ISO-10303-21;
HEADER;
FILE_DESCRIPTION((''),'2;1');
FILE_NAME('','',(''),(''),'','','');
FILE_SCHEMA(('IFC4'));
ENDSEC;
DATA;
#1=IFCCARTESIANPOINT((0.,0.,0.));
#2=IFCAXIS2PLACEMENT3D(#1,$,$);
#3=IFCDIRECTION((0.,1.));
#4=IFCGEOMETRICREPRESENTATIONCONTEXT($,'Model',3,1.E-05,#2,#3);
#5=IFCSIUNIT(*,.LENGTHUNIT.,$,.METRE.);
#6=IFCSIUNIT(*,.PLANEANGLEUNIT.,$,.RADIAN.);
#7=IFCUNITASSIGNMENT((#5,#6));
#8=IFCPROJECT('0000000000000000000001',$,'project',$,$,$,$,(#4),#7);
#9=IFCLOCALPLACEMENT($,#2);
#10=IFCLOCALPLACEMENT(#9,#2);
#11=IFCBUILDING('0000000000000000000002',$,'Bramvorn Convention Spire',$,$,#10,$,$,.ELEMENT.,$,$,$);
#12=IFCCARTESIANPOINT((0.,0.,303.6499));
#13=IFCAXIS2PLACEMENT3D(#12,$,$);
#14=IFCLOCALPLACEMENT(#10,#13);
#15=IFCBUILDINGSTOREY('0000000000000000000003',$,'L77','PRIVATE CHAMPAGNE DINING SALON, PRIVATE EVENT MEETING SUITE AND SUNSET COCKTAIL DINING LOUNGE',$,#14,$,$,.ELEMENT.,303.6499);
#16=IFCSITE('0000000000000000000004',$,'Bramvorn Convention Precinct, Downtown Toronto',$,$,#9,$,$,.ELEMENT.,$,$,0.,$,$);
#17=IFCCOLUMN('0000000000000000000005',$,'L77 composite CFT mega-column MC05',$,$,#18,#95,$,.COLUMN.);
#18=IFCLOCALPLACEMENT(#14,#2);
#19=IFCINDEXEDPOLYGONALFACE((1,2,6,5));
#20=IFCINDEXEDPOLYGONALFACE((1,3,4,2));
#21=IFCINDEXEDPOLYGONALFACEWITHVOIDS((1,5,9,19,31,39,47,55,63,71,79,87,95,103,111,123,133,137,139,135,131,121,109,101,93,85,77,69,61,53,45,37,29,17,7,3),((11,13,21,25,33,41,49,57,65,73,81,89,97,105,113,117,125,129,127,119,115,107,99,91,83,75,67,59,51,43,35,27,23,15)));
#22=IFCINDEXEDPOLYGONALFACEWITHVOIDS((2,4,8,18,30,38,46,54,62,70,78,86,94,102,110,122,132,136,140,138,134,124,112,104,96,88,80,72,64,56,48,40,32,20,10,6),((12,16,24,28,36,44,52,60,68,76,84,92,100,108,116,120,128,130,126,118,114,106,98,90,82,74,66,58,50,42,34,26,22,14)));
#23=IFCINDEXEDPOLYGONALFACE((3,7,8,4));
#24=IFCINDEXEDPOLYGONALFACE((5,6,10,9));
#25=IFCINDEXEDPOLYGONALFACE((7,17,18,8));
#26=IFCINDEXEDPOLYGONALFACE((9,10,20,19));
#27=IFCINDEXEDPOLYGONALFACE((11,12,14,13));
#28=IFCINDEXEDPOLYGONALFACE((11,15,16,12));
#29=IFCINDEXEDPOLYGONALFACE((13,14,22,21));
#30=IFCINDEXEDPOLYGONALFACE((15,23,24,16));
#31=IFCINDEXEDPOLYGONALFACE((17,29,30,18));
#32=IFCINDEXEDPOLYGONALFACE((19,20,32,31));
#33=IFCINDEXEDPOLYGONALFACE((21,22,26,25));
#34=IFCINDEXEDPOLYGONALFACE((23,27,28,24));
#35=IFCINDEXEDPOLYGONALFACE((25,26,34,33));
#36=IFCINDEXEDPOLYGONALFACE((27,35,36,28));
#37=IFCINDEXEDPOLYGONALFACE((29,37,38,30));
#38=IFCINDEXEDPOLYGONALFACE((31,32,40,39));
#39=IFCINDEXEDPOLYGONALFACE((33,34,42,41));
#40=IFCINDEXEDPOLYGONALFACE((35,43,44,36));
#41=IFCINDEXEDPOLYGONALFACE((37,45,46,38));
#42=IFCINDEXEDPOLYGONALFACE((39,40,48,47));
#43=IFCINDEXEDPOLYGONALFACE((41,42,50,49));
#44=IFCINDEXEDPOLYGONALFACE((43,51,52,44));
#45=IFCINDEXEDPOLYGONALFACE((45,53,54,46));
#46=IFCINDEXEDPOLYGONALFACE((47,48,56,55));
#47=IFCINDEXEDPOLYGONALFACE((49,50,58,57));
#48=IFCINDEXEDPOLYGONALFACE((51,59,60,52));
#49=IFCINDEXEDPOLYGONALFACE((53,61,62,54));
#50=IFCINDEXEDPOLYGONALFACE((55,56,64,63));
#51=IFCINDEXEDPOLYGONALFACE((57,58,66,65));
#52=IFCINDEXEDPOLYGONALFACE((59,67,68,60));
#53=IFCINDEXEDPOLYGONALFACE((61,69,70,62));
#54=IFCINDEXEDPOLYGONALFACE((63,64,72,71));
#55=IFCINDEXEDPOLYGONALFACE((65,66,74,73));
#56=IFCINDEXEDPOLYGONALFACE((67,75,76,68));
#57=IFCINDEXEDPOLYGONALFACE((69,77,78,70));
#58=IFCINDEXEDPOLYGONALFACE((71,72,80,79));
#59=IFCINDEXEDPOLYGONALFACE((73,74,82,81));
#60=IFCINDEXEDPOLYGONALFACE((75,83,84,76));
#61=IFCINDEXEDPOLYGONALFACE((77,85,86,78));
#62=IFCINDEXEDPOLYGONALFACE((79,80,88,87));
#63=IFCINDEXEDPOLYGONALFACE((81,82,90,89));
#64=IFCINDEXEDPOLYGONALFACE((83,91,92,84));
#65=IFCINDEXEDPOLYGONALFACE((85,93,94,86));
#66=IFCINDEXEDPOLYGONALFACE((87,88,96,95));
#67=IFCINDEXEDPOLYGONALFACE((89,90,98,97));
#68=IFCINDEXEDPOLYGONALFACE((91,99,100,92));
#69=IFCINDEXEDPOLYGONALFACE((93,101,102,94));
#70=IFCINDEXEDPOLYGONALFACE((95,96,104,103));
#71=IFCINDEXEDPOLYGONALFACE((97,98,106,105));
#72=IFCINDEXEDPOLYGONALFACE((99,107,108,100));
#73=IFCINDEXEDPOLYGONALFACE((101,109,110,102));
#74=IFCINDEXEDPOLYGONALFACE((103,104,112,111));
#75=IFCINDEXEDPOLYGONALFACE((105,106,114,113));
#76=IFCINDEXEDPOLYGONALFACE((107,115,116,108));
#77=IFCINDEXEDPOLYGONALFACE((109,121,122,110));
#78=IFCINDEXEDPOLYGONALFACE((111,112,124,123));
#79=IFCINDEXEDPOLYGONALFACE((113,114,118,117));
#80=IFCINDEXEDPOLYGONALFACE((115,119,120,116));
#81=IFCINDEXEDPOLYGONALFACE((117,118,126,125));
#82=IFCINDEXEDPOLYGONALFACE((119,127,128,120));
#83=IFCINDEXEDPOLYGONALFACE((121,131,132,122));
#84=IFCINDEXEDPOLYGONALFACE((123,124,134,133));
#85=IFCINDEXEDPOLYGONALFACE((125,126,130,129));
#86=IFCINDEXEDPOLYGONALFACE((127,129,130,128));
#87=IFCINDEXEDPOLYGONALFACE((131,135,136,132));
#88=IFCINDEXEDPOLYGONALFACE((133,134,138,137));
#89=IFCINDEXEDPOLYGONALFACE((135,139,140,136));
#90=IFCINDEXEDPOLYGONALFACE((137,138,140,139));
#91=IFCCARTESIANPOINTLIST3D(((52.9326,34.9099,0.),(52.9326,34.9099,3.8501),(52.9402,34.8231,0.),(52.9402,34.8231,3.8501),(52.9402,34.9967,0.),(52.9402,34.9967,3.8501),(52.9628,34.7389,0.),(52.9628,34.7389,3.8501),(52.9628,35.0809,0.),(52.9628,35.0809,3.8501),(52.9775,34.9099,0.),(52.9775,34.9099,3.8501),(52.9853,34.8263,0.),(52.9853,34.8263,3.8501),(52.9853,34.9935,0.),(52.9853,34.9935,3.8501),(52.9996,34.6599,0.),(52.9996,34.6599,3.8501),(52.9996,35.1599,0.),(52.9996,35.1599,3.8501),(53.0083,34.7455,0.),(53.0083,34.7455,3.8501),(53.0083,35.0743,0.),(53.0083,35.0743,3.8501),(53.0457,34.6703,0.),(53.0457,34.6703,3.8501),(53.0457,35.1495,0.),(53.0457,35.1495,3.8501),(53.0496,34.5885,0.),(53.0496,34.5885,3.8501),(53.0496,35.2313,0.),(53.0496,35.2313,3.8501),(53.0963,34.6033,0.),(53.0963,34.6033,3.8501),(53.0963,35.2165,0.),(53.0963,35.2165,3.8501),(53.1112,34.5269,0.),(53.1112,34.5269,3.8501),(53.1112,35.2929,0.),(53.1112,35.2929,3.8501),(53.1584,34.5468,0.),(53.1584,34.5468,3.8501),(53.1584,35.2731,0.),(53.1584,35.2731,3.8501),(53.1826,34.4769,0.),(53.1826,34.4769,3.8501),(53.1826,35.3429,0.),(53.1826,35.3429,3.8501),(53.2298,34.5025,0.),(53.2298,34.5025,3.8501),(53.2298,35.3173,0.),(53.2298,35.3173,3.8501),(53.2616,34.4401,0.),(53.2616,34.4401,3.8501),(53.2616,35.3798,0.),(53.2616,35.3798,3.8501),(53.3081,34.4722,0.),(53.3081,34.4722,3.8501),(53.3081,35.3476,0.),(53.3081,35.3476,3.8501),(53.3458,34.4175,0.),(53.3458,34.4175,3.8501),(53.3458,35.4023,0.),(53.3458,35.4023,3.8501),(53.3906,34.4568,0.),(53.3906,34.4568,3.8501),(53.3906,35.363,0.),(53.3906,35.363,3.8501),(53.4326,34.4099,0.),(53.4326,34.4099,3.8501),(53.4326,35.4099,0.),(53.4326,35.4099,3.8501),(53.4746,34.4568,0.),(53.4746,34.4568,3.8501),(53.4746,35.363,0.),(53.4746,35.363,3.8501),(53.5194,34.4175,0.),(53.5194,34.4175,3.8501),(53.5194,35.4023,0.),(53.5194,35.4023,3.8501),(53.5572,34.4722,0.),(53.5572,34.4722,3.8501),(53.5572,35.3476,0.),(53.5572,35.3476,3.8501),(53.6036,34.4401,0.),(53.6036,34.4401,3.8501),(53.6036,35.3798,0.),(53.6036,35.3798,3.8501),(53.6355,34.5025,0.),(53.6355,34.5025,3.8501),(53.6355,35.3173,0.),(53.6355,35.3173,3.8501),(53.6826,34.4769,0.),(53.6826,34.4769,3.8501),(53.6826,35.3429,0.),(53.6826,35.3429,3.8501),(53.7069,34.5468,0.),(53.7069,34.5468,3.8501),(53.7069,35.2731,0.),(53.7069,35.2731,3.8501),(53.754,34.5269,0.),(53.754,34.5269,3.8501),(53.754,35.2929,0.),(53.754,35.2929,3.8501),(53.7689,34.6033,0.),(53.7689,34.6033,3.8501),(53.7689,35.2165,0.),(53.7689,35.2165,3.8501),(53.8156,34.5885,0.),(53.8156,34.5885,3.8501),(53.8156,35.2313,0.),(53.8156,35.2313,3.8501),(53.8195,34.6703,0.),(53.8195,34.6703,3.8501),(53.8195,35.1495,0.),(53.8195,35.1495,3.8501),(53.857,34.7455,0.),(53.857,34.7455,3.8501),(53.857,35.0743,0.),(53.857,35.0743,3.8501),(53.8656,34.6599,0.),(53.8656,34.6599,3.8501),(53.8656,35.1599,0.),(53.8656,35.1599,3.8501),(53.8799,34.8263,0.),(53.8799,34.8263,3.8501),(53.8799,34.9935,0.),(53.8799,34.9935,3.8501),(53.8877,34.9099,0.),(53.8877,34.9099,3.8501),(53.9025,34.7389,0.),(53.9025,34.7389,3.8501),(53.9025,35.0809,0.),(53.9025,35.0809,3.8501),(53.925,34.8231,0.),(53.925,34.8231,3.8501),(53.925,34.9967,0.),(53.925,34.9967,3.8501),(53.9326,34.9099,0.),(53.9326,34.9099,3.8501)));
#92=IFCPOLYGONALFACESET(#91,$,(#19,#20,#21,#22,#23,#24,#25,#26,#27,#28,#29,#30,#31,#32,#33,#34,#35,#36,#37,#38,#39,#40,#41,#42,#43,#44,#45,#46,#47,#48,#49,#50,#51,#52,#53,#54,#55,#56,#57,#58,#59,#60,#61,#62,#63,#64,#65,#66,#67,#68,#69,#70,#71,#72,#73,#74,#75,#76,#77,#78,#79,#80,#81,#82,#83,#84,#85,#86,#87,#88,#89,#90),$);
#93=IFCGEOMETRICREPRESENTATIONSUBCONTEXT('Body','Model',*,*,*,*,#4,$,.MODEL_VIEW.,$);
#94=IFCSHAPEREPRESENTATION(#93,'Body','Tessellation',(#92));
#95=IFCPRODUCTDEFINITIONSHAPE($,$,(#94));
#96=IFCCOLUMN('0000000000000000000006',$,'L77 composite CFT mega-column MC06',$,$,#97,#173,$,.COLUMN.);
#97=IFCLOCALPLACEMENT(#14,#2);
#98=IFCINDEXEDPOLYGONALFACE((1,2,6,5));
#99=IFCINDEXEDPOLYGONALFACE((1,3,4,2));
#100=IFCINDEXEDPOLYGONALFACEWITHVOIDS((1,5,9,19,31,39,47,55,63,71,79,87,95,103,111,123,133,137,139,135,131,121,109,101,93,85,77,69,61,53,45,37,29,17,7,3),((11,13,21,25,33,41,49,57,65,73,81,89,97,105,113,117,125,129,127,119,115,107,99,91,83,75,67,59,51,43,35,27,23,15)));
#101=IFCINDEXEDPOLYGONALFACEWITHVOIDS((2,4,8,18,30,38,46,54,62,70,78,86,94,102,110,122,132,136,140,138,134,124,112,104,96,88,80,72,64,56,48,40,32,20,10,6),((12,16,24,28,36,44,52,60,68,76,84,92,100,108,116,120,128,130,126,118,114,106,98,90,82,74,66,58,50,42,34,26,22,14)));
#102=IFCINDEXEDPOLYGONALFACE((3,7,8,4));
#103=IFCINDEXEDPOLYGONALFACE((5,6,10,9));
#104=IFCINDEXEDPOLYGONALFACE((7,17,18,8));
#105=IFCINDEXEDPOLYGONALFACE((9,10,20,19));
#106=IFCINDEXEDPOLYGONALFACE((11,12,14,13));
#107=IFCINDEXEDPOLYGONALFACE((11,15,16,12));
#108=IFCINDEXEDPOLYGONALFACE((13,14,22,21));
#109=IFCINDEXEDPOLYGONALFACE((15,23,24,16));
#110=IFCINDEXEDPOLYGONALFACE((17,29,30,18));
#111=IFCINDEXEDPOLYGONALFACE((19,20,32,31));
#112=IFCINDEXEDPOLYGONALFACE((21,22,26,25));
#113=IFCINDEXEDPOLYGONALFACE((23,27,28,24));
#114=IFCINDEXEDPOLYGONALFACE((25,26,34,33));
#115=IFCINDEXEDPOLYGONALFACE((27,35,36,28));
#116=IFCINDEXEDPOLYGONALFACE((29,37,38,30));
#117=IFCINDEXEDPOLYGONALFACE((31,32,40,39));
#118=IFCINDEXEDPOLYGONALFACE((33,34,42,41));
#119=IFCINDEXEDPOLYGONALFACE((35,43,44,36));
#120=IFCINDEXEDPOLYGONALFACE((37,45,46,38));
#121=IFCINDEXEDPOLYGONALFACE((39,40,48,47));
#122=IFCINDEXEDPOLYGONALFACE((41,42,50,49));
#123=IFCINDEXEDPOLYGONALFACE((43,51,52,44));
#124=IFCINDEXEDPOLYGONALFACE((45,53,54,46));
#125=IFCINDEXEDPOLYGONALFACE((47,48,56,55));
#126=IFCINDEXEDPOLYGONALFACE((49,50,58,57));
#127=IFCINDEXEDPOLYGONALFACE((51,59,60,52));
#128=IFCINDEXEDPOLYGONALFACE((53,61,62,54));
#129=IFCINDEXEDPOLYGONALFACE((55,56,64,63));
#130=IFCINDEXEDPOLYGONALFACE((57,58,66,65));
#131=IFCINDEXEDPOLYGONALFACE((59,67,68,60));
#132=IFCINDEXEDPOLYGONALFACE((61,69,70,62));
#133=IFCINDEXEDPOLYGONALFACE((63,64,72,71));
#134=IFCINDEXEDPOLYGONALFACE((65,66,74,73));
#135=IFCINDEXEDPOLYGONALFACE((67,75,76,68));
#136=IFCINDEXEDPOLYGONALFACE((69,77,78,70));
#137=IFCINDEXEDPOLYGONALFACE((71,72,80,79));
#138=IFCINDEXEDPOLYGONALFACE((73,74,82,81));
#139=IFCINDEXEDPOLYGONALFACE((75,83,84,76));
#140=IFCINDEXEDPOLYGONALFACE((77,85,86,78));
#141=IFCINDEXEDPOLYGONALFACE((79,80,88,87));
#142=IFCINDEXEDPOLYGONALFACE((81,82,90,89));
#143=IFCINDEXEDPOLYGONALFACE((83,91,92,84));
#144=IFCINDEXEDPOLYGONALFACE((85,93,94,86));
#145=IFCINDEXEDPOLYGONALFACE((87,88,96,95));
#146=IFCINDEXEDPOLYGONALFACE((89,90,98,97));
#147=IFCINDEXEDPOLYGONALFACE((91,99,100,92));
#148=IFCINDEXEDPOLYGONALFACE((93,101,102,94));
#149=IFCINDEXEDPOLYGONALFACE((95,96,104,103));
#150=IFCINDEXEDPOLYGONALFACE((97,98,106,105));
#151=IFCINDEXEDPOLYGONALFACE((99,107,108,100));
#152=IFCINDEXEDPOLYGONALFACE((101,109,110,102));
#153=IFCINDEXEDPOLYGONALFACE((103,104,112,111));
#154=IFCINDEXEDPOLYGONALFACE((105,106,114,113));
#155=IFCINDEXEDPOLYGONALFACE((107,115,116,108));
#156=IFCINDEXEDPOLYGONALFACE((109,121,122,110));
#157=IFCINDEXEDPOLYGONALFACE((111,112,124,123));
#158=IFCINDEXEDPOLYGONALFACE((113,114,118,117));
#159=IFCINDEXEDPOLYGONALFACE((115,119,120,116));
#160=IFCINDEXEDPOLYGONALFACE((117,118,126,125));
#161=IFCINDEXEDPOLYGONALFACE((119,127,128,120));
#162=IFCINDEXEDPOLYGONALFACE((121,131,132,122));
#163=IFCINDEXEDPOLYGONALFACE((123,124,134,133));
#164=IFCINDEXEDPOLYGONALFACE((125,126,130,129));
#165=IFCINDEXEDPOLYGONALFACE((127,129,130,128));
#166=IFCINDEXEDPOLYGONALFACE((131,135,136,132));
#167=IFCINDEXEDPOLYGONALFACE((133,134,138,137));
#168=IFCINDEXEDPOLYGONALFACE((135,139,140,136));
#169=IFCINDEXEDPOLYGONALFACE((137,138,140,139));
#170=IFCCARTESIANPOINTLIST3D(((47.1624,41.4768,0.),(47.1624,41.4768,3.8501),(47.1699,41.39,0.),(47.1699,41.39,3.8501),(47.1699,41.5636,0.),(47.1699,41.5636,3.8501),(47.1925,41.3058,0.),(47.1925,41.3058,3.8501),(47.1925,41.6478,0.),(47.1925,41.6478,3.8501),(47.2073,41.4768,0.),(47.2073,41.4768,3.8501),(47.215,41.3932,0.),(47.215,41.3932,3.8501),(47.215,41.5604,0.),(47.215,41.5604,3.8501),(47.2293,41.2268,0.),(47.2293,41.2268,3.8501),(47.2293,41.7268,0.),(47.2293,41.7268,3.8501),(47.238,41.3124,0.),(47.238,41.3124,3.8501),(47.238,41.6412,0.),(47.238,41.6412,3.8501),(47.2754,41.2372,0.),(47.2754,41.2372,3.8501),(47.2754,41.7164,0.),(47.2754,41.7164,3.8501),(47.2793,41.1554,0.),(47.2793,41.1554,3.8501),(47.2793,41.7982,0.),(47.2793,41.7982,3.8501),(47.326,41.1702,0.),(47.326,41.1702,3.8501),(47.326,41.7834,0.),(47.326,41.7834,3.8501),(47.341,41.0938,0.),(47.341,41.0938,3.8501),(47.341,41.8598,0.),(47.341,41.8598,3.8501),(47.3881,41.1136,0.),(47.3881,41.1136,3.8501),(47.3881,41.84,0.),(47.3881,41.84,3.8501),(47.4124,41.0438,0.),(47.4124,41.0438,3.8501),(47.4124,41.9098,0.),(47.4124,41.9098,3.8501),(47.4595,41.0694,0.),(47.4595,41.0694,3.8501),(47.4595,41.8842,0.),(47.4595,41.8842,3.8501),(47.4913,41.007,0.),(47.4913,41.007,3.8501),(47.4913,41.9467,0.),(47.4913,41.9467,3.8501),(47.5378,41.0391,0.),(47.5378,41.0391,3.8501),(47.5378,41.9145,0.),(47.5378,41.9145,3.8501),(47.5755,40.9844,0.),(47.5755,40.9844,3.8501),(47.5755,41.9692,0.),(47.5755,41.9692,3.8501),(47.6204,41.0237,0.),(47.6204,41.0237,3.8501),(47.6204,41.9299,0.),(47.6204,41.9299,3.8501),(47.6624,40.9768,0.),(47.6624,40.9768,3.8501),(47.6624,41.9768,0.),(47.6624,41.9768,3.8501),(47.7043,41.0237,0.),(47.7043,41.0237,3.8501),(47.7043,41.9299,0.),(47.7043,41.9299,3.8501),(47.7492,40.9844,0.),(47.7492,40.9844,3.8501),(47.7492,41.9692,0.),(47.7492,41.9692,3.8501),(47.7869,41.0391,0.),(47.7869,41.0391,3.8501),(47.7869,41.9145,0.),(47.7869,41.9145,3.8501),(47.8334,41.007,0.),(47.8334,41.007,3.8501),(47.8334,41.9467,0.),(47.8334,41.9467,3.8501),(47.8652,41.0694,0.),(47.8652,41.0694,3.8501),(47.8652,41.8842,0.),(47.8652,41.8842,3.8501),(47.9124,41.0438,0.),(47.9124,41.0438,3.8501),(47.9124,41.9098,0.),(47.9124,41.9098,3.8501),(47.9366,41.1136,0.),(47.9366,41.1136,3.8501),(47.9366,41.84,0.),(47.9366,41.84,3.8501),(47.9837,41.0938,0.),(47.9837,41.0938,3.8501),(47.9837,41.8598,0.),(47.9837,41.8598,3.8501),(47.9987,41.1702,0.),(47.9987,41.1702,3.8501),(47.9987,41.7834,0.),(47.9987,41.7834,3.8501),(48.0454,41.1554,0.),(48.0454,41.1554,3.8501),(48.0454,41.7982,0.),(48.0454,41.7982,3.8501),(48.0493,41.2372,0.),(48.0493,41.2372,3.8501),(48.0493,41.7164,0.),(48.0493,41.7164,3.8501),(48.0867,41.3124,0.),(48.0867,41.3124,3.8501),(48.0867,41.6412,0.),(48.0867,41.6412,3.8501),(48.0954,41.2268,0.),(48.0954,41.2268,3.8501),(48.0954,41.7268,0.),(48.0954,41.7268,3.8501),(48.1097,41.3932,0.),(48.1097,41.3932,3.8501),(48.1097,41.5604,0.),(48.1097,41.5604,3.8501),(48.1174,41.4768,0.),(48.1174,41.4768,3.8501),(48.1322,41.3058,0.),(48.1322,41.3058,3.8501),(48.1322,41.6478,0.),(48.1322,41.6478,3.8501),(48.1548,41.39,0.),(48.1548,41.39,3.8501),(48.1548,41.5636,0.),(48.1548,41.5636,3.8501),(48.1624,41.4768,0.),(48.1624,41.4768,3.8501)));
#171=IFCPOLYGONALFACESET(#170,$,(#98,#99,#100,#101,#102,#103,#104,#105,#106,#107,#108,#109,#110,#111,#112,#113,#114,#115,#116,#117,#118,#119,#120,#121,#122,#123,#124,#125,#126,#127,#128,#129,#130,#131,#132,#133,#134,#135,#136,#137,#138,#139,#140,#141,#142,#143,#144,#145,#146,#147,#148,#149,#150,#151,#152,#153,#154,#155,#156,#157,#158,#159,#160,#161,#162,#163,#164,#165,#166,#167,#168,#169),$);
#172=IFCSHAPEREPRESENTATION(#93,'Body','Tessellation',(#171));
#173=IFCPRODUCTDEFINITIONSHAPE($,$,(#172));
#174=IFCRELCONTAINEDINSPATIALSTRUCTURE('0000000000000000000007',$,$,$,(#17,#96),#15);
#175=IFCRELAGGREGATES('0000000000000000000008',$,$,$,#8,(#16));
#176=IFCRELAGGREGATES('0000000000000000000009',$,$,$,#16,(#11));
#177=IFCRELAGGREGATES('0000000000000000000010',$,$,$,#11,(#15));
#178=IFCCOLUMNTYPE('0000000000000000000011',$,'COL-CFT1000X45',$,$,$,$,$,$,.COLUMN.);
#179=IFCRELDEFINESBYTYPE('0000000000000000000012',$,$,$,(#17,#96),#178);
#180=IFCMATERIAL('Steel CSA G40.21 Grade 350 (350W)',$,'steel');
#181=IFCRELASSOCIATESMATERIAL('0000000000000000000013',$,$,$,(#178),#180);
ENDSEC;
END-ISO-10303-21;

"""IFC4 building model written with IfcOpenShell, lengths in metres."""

from ifc_helpers import new_model, si_unit, direction, frame, origin, origin_2d, place, context, subcontext, project, spatial, hollow_circle, extrude, material, material_profile, profile_set, type_object, element, save


model = new_model("IFC4")

# Units and contexts
model_context = context("Model", 3, precision=1e-05, world=origin(), true_north=direction((0.0, 1.0)))
body_context = subcontext(model_context, "Body", "Model", "MODEL_VIEW")
ifc_project = project(units=[si_unit("LENGTHUNIT", "METRE"), si_unit("PLANEANGLEUNIT", "RADIAN")], contexts=[model_context])

# Site, building, storey
site_placement = place(None, origin())
site = spatial("IfcSite", under=ifc_project, at=site_placement, Name="Bramvorn Convention Precinct, Downtown Toronto", CompositionType="ELEMENT", RefElevation=0.0)
building_placement = place(site_placement, origin())
building = spatial("IfcBuilding", under=site, at=building_placement, Name="Bramvorn Convention Spire", CompositionType="ELEMENT")
storey_placement = place(building_placement, frame((0.0, 0.0, 303.6499)))
storey = spatial("IfcBuildingStorey", under=building, at=storey_placement, Name="L77", Description="PRIVATE CHAMPAGNE DINING SALON, PRIVATE EVENT MEETING SUITE AND SUNSET COCKTAIL DINING LOUNGE", CompositionType="ELEMENT", Elevation=303.6499)

# Columns
ifc_material_1 = material(Name="Steel CSA G40.21 Grade 350 (350W)", Category="steel")
ifc_material_profile_1 = material_profile(ifc_material_1, hollow_circle(Radius=0.5, WallThickness=0.0449, at=origin_2d()))
ifc_profile_set_1 = profile_set([ifc_material_profile_1], Name="Steel CSA G40.21 Grade 350 (350W) - CFT1000X45")
column_type = type_object("IfcColumnType", Name="COL-CFT1000X45", PredefinedType="COLUMN", material=ifc_profile_set_1)
for number, where, z_axis, x_axis, name in (
    (1, (53.4326, 34.9099, 0.0), (0.0, 0.0, 1.0), (1.0, 0.0, 0.0), "L77 composite CFT mega-column MC05"),
    (2, (47.6624, 41.4768, 0.0), (0.0, 0.0, 1.0), (1.0, 0.0, 0.0), "L77 composite CFT mega-column MC06"),
):
    element("IfcColumn", number, at=place(storey_placement, frame(where, z_axis=z_axis, x_axis=x_axis)), inside=storey, type_object=column_type, Name=name, PredefinedType="COLUMN", context=body_context, shape_type="SweptSolid", body=[
        extrude(hollow_circle(Radius=0.5, WallThickness=0.0449, at=origin_2d()), origin(), (0.0, 0.0, 1.0), 3.8501),
    ])

save(model, "model.ifc")
